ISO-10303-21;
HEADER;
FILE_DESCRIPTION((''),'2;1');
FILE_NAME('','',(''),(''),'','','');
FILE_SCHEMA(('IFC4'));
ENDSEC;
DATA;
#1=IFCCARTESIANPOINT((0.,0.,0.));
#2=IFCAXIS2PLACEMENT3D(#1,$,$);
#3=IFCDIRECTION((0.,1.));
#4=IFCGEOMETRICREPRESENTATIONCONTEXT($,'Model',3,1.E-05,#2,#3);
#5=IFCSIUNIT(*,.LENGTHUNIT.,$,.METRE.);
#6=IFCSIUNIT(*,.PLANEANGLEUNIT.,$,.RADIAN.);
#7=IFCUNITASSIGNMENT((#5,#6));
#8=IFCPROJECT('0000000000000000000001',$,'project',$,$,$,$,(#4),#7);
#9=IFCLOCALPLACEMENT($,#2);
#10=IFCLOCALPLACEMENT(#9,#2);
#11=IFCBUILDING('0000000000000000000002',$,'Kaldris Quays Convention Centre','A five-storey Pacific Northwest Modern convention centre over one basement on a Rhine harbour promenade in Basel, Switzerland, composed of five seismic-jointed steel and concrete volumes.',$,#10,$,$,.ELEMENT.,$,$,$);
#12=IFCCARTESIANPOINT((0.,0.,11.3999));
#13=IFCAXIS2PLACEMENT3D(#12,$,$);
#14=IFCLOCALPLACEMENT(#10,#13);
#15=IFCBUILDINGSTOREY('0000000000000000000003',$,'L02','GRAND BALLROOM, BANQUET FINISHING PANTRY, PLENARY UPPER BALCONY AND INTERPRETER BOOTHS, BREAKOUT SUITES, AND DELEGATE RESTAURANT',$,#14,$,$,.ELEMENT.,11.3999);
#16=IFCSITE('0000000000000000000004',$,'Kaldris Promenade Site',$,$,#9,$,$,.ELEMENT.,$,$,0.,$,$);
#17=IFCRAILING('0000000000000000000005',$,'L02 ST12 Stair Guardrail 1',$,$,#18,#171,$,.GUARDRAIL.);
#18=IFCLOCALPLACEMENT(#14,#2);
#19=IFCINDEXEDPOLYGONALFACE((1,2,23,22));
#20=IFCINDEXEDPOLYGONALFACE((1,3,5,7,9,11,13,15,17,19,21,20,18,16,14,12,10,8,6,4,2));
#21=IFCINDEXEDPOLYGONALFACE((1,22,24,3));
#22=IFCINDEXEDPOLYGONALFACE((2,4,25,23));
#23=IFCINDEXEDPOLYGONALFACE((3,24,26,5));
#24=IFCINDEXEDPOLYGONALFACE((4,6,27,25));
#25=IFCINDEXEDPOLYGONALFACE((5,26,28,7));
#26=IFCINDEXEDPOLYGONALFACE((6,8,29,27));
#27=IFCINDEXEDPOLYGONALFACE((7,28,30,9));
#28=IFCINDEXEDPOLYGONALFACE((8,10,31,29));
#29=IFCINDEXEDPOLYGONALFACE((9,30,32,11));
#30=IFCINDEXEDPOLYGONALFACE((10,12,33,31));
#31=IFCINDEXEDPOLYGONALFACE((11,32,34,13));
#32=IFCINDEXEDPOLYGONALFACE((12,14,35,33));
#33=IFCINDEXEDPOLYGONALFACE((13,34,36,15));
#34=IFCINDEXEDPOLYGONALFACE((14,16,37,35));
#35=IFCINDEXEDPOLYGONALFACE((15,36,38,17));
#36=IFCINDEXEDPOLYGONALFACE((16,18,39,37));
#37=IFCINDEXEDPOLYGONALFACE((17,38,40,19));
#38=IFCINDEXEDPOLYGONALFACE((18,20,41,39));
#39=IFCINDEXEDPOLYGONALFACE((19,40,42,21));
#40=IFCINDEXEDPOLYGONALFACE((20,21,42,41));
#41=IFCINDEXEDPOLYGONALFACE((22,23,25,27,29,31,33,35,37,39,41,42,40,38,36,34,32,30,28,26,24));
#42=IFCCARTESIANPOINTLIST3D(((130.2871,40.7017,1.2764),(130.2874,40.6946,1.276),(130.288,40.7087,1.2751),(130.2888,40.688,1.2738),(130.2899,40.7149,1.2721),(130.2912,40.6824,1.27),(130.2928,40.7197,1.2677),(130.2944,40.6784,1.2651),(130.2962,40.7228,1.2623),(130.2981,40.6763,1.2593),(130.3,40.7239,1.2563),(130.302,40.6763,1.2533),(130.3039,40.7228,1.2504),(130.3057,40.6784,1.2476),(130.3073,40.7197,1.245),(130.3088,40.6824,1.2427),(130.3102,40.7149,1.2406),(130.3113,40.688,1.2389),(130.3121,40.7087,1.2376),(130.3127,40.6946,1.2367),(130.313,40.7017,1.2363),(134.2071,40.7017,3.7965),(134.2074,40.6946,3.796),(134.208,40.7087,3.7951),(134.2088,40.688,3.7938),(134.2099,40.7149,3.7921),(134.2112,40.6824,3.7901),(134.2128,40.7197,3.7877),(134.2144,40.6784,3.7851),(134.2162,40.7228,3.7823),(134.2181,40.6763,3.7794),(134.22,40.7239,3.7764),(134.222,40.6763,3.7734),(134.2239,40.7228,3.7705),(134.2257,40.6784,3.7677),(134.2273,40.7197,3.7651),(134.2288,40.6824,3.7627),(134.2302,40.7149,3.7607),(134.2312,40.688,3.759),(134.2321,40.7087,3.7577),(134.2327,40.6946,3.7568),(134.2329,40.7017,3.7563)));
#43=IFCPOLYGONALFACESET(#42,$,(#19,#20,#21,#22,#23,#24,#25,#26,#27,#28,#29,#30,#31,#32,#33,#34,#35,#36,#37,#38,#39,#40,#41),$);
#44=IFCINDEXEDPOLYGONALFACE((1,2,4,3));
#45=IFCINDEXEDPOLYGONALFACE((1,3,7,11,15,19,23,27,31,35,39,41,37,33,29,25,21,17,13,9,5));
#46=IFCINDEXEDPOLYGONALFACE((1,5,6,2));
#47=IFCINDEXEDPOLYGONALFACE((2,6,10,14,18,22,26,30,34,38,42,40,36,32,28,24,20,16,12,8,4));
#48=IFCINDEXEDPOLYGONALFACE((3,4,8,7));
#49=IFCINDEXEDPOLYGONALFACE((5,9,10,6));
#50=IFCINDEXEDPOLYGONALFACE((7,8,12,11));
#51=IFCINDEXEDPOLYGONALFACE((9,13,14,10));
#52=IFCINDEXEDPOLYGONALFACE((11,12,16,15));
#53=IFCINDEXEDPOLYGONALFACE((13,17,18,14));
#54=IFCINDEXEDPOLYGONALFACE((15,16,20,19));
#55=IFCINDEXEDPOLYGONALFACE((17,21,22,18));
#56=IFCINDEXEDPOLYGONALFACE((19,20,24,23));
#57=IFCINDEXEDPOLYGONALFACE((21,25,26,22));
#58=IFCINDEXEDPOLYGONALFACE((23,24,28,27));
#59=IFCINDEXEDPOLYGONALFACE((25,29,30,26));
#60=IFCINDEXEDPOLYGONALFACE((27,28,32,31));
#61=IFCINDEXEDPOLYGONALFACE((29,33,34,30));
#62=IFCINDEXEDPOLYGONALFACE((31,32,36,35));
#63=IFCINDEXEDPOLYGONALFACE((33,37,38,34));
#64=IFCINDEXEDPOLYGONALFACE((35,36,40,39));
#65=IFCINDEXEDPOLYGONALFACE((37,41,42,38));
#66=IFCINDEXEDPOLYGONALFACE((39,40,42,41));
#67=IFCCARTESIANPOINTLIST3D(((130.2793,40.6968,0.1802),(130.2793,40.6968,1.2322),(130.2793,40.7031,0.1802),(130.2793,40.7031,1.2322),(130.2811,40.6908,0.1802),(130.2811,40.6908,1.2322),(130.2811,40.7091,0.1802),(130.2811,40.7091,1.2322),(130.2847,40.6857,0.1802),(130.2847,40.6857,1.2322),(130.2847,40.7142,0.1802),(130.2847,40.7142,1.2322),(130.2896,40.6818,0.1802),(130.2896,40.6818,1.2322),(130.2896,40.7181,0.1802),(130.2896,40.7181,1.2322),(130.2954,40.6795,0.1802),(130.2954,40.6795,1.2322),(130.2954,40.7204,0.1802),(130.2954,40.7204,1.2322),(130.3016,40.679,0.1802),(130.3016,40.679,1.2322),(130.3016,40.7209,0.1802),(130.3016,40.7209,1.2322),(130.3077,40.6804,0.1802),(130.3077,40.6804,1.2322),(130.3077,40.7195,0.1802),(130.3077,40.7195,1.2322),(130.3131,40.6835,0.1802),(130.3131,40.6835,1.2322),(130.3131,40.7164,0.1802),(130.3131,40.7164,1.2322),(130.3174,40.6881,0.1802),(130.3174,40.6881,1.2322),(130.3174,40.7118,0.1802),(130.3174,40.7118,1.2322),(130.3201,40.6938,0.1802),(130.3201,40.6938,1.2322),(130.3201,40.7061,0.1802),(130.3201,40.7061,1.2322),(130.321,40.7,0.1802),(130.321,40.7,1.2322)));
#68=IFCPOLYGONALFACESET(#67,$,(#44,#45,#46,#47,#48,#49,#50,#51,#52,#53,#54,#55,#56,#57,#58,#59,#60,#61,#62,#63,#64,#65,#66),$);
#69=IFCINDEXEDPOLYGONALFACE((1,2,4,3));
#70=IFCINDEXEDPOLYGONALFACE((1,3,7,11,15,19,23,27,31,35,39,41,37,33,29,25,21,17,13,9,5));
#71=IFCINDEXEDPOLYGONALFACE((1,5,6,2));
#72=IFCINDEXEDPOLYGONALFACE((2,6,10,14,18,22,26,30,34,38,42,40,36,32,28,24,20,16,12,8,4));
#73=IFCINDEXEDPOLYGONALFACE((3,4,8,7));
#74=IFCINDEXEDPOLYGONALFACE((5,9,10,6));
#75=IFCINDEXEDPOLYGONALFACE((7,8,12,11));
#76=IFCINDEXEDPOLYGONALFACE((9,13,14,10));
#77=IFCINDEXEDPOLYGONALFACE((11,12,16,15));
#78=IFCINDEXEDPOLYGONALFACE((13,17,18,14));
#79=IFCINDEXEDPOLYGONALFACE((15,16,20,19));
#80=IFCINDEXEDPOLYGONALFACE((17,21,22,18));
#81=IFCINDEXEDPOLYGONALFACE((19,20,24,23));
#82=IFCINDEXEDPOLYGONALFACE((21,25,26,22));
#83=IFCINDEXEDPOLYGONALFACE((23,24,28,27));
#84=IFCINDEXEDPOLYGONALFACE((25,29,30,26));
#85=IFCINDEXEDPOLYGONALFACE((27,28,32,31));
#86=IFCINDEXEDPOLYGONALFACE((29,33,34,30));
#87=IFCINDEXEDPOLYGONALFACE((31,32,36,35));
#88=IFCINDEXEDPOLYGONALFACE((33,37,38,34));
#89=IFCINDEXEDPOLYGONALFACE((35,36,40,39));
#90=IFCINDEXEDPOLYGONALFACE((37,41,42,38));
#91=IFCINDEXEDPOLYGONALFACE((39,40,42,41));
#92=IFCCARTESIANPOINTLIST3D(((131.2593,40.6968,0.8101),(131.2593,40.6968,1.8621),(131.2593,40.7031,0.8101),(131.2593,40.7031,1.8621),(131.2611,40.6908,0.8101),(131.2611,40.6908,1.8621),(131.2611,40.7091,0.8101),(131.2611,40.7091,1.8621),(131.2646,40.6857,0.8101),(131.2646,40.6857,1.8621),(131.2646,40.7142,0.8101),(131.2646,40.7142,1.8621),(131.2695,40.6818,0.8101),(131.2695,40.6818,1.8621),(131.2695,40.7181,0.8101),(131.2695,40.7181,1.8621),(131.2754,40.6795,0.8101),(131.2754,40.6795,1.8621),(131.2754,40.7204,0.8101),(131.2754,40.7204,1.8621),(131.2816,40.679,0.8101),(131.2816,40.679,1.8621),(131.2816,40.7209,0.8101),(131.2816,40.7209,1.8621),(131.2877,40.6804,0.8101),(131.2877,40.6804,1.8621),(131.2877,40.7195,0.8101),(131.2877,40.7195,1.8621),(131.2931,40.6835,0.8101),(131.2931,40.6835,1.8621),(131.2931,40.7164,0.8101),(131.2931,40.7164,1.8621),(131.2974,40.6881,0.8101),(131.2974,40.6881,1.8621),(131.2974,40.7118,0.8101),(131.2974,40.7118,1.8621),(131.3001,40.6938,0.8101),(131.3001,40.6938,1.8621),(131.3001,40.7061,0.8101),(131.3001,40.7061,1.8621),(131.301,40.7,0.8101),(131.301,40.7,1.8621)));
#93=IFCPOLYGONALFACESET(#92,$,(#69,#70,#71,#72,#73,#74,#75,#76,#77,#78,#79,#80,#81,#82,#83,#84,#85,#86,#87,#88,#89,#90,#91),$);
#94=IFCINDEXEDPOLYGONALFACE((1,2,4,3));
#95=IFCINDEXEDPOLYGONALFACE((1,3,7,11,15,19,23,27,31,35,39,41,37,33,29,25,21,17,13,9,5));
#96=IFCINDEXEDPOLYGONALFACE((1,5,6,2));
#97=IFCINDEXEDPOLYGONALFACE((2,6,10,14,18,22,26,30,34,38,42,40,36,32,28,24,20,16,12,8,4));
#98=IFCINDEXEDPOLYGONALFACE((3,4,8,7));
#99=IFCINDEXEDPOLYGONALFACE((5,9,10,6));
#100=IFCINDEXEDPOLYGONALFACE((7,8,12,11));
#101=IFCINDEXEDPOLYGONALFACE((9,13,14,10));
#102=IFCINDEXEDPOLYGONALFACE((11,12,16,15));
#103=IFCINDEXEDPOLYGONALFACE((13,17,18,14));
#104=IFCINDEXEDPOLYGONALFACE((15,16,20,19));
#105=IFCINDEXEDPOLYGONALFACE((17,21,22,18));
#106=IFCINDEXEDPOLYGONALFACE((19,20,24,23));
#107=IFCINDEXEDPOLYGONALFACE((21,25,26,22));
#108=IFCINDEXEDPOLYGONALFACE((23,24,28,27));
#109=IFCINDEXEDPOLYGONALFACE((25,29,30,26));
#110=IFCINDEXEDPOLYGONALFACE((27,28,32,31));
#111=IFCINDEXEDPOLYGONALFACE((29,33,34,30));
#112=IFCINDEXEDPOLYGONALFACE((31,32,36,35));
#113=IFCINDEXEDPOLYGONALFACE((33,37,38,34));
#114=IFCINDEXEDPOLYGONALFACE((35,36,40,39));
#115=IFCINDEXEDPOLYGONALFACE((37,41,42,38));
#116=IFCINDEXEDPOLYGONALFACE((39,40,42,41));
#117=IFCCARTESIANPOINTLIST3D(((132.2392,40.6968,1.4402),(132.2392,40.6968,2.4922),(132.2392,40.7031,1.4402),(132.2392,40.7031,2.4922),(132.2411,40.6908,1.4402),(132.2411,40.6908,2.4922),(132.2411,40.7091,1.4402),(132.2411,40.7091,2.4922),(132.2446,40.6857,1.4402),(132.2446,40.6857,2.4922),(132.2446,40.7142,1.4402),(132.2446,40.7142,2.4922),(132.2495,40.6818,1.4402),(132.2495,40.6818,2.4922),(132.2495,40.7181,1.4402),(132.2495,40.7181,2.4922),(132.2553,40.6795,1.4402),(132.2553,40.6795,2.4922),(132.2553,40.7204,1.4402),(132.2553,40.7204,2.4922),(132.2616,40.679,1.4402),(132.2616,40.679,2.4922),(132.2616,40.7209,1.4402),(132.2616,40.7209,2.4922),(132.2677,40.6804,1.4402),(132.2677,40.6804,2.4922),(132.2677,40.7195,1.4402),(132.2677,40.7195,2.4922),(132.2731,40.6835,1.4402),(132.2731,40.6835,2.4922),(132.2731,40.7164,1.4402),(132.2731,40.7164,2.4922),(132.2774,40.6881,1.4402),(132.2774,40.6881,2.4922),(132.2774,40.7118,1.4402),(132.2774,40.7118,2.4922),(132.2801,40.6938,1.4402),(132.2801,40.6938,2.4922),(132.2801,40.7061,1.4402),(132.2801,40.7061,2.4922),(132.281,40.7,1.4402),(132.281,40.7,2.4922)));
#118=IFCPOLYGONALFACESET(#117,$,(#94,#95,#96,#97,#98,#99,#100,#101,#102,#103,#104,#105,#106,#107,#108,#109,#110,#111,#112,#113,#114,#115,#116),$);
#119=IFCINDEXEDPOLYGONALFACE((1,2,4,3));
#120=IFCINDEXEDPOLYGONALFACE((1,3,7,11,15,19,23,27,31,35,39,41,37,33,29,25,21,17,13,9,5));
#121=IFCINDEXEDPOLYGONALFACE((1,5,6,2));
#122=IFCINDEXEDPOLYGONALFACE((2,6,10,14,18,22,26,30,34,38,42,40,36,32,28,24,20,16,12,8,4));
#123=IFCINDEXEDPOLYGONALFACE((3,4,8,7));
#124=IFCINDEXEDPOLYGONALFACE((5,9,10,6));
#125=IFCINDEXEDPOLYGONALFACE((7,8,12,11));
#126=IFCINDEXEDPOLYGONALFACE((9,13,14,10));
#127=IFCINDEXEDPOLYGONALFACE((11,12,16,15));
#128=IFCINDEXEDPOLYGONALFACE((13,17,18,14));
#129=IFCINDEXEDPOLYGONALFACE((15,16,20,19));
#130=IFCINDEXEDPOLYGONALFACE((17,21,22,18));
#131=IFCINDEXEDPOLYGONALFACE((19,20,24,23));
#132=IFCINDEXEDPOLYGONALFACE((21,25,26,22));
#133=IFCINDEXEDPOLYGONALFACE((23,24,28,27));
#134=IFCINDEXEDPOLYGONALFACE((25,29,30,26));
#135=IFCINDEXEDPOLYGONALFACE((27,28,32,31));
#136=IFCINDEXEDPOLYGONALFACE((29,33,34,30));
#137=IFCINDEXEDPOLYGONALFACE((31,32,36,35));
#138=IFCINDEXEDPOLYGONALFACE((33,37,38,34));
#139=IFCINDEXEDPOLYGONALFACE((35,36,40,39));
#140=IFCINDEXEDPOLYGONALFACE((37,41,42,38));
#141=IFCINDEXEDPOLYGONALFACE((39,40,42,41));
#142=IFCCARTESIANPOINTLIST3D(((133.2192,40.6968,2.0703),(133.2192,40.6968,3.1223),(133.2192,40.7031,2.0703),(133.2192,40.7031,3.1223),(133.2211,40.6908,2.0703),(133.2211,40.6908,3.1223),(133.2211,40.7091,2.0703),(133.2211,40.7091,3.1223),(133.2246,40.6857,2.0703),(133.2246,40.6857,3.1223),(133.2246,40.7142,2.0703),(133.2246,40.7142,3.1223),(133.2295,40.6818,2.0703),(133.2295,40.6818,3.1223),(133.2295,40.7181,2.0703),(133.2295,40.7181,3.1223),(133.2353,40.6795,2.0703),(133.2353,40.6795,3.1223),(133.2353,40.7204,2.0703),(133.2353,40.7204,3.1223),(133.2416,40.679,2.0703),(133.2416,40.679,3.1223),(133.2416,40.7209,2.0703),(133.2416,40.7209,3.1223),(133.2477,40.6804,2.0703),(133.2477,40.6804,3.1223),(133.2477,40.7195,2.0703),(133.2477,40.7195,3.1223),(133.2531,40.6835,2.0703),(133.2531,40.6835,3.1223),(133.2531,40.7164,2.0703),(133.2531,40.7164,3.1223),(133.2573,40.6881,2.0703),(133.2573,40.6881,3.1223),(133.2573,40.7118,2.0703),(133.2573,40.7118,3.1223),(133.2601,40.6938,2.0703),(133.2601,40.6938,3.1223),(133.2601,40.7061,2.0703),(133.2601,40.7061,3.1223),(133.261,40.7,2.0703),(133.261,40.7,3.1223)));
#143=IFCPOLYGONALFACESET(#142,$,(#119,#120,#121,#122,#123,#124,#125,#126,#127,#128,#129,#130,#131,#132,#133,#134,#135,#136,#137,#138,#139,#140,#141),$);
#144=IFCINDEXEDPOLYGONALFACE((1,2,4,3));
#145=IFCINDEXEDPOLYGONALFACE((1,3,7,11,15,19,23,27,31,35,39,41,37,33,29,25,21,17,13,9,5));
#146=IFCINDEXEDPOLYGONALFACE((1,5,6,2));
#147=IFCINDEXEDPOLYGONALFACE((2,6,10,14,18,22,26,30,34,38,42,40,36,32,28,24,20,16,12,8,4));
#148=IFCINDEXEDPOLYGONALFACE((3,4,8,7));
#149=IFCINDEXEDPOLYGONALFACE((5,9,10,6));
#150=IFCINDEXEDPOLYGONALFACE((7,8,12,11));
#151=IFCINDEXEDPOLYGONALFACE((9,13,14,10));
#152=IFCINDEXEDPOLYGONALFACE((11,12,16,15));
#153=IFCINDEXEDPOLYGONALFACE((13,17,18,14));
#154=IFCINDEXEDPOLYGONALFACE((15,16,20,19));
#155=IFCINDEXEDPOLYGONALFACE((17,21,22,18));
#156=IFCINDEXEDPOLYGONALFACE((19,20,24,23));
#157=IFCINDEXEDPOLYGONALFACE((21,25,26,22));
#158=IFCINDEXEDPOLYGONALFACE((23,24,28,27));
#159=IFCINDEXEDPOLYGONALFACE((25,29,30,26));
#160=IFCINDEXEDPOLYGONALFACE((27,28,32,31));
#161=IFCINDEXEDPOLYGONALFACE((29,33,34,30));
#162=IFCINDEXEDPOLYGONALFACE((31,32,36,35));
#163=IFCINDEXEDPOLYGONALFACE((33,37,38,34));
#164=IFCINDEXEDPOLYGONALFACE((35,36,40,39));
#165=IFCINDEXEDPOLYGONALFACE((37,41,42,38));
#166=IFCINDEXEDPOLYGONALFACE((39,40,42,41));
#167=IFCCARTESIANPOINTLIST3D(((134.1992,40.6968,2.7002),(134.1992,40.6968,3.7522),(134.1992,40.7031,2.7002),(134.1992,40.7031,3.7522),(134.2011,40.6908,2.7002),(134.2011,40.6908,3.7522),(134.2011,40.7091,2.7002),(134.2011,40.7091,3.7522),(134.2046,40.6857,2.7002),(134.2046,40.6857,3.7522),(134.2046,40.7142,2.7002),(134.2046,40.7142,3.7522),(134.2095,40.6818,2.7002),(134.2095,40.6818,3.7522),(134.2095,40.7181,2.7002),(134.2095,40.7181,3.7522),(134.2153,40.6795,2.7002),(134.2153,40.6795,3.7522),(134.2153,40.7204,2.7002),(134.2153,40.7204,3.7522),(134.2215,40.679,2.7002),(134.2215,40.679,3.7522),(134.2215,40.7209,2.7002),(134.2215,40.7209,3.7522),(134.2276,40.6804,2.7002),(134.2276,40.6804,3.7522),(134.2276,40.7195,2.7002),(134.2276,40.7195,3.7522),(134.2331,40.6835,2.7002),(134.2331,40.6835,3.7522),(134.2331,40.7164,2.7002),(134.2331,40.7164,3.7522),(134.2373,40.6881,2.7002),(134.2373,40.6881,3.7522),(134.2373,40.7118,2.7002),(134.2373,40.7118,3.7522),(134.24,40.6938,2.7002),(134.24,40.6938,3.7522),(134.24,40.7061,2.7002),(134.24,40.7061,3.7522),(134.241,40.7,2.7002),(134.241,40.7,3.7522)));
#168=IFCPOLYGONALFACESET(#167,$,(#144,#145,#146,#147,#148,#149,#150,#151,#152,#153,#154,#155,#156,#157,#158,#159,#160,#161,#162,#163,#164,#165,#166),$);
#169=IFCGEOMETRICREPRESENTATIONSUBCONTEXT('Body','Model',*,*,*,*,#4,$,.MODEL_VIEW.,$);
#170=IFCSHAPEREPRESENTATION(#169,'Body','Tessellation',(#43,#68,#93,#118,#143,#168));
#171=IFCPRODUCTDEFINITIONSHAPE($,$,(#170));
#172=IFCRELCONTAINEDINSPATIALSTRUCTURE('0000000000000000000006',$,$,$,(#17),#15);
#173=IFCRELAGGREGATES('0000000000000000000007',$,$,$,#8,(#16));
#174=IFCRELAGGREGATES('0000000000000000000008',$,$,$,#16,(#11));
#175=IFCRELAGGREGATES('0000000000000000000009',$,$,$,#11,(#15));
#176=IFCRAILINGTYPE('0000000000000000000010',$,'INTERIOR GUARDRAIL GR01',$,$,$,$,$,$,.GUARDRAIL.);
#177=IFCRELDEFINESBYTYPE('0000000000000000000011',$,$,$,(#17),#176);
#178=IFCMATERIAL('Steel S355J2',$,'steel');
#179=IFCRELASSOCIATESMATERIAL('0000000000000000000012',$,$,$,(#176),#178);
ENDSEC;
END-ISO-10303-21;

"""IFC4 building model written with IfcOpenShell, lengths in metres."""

from ifc_helpers import new_model, si_unit, direction, frame, origin, origin_2d, place, context, subcontext, project, spatial, circle, extrude, material, type_object, element, save


model = new_model("IFC4")

# Units and contexts
model_context = context("Model", 3, precision=1e-05, world=origin(), true_north=direction((0.0, 1.0)))
body_context = subcontext(model_context, "Body", "Model", "MODEL_VIEW")
ifc_project = project(units=[si_unit("LENGTHUNIT", "METRE"), si_unit("PLANEANGLEUNIT", "RADIAN")], contexts=[model_context])

# Site, building, storey
site_placement = place(None, origin())
site = spatial("IfcSite", under=ifc_project, at=site_placement, Name="Kaldris Promenade Site", CompositionType="ELEMENT", RefElevation=0.0)
building_placement = place(site_placement, origin())
building = spatial("IfcBuilding", under=site, at=building_placement, Name="Kaldris Quays Convention Centre", Description="A five-storey Pacific Northwest Modern convention centre over one basement on a Rhine harbour promenade in Basel, Switzerland, composed of five seismic-jointed steel and concrete volumes.", CompositionType="ELEMENT")
storey_placement = place(building_placement, frame((0.0, 0.0, 11.3999)))
storey = spatial("IfcBuildingStorey", under=building, at=storey_placement, Name="L02", Description="GRAND BALLROOM, BANQUET FINISHING PANTRY, PLENARY UPPER BALCONY AND INTERPRETER BOOTHS, BREAKOUT SUITES, AND DELEGATE RESTAURANT", CompositionType="ELEMENT", Elevation=11.3999)

# Railing
ifc_material_1 = material(Name="Steel S355J2", Category="steel")
railing_type_1 = type_object("IfcRailingType", Name="INTERIOR GUARDRAIL GR01", PredefinedType="GUARDRAIL", material=ifc_material_1)
railing_1_placement = place(storey_placement, frame((130.3, 40.7, 0.1802)))
element("IfcRailing", 1, at=railing_1_placement, inside=storey, type_object=railing_type_1, Name="L02 ST12 Stair Guardrail 1", PredefinedType="GUARDRAIL", context=body_context, shape_type="SweptSolid", body=[
    extrude(circle(Radius=0.0239, at=origin_2d()), frame((0.0, 0.0, 1.0762), z_axis=(0.841172, 0.0, 0.540768), x_axis=(0.0, 1.0, 0.0)), (0.0, 0.0, 1.0), 4.6602),
    extrude(circle(Radius=0.021, at=origin_2d()), origin(), (0.0, 0.0, 1.0), 1.052),
    extrude(circle(Radius=0.021, at=origin_2d()), frame((0.98, 0.0, 0.6299)), (0.0, 0.0, 1.0), 1.052),
    extrude(circle(Radius=0.021, at=origin_2d()), frame((1.96, 0.0, 1.26)), (0.0, 0.0, 1.0), 1.052),
    extrude(circle(Radius=0.021, at=origin_2d()), frame((2.9399, 0.0, 1.8901)), (0.0, 0.0, 1.0), 1.052),
    extrude(circle(Radius=0.021, at=origin_2d()), frame((3.9199, 0.0, 2.52)), (0.0, 0.0, 1.0), 1.052),
])

save(model, "model.ifc")
